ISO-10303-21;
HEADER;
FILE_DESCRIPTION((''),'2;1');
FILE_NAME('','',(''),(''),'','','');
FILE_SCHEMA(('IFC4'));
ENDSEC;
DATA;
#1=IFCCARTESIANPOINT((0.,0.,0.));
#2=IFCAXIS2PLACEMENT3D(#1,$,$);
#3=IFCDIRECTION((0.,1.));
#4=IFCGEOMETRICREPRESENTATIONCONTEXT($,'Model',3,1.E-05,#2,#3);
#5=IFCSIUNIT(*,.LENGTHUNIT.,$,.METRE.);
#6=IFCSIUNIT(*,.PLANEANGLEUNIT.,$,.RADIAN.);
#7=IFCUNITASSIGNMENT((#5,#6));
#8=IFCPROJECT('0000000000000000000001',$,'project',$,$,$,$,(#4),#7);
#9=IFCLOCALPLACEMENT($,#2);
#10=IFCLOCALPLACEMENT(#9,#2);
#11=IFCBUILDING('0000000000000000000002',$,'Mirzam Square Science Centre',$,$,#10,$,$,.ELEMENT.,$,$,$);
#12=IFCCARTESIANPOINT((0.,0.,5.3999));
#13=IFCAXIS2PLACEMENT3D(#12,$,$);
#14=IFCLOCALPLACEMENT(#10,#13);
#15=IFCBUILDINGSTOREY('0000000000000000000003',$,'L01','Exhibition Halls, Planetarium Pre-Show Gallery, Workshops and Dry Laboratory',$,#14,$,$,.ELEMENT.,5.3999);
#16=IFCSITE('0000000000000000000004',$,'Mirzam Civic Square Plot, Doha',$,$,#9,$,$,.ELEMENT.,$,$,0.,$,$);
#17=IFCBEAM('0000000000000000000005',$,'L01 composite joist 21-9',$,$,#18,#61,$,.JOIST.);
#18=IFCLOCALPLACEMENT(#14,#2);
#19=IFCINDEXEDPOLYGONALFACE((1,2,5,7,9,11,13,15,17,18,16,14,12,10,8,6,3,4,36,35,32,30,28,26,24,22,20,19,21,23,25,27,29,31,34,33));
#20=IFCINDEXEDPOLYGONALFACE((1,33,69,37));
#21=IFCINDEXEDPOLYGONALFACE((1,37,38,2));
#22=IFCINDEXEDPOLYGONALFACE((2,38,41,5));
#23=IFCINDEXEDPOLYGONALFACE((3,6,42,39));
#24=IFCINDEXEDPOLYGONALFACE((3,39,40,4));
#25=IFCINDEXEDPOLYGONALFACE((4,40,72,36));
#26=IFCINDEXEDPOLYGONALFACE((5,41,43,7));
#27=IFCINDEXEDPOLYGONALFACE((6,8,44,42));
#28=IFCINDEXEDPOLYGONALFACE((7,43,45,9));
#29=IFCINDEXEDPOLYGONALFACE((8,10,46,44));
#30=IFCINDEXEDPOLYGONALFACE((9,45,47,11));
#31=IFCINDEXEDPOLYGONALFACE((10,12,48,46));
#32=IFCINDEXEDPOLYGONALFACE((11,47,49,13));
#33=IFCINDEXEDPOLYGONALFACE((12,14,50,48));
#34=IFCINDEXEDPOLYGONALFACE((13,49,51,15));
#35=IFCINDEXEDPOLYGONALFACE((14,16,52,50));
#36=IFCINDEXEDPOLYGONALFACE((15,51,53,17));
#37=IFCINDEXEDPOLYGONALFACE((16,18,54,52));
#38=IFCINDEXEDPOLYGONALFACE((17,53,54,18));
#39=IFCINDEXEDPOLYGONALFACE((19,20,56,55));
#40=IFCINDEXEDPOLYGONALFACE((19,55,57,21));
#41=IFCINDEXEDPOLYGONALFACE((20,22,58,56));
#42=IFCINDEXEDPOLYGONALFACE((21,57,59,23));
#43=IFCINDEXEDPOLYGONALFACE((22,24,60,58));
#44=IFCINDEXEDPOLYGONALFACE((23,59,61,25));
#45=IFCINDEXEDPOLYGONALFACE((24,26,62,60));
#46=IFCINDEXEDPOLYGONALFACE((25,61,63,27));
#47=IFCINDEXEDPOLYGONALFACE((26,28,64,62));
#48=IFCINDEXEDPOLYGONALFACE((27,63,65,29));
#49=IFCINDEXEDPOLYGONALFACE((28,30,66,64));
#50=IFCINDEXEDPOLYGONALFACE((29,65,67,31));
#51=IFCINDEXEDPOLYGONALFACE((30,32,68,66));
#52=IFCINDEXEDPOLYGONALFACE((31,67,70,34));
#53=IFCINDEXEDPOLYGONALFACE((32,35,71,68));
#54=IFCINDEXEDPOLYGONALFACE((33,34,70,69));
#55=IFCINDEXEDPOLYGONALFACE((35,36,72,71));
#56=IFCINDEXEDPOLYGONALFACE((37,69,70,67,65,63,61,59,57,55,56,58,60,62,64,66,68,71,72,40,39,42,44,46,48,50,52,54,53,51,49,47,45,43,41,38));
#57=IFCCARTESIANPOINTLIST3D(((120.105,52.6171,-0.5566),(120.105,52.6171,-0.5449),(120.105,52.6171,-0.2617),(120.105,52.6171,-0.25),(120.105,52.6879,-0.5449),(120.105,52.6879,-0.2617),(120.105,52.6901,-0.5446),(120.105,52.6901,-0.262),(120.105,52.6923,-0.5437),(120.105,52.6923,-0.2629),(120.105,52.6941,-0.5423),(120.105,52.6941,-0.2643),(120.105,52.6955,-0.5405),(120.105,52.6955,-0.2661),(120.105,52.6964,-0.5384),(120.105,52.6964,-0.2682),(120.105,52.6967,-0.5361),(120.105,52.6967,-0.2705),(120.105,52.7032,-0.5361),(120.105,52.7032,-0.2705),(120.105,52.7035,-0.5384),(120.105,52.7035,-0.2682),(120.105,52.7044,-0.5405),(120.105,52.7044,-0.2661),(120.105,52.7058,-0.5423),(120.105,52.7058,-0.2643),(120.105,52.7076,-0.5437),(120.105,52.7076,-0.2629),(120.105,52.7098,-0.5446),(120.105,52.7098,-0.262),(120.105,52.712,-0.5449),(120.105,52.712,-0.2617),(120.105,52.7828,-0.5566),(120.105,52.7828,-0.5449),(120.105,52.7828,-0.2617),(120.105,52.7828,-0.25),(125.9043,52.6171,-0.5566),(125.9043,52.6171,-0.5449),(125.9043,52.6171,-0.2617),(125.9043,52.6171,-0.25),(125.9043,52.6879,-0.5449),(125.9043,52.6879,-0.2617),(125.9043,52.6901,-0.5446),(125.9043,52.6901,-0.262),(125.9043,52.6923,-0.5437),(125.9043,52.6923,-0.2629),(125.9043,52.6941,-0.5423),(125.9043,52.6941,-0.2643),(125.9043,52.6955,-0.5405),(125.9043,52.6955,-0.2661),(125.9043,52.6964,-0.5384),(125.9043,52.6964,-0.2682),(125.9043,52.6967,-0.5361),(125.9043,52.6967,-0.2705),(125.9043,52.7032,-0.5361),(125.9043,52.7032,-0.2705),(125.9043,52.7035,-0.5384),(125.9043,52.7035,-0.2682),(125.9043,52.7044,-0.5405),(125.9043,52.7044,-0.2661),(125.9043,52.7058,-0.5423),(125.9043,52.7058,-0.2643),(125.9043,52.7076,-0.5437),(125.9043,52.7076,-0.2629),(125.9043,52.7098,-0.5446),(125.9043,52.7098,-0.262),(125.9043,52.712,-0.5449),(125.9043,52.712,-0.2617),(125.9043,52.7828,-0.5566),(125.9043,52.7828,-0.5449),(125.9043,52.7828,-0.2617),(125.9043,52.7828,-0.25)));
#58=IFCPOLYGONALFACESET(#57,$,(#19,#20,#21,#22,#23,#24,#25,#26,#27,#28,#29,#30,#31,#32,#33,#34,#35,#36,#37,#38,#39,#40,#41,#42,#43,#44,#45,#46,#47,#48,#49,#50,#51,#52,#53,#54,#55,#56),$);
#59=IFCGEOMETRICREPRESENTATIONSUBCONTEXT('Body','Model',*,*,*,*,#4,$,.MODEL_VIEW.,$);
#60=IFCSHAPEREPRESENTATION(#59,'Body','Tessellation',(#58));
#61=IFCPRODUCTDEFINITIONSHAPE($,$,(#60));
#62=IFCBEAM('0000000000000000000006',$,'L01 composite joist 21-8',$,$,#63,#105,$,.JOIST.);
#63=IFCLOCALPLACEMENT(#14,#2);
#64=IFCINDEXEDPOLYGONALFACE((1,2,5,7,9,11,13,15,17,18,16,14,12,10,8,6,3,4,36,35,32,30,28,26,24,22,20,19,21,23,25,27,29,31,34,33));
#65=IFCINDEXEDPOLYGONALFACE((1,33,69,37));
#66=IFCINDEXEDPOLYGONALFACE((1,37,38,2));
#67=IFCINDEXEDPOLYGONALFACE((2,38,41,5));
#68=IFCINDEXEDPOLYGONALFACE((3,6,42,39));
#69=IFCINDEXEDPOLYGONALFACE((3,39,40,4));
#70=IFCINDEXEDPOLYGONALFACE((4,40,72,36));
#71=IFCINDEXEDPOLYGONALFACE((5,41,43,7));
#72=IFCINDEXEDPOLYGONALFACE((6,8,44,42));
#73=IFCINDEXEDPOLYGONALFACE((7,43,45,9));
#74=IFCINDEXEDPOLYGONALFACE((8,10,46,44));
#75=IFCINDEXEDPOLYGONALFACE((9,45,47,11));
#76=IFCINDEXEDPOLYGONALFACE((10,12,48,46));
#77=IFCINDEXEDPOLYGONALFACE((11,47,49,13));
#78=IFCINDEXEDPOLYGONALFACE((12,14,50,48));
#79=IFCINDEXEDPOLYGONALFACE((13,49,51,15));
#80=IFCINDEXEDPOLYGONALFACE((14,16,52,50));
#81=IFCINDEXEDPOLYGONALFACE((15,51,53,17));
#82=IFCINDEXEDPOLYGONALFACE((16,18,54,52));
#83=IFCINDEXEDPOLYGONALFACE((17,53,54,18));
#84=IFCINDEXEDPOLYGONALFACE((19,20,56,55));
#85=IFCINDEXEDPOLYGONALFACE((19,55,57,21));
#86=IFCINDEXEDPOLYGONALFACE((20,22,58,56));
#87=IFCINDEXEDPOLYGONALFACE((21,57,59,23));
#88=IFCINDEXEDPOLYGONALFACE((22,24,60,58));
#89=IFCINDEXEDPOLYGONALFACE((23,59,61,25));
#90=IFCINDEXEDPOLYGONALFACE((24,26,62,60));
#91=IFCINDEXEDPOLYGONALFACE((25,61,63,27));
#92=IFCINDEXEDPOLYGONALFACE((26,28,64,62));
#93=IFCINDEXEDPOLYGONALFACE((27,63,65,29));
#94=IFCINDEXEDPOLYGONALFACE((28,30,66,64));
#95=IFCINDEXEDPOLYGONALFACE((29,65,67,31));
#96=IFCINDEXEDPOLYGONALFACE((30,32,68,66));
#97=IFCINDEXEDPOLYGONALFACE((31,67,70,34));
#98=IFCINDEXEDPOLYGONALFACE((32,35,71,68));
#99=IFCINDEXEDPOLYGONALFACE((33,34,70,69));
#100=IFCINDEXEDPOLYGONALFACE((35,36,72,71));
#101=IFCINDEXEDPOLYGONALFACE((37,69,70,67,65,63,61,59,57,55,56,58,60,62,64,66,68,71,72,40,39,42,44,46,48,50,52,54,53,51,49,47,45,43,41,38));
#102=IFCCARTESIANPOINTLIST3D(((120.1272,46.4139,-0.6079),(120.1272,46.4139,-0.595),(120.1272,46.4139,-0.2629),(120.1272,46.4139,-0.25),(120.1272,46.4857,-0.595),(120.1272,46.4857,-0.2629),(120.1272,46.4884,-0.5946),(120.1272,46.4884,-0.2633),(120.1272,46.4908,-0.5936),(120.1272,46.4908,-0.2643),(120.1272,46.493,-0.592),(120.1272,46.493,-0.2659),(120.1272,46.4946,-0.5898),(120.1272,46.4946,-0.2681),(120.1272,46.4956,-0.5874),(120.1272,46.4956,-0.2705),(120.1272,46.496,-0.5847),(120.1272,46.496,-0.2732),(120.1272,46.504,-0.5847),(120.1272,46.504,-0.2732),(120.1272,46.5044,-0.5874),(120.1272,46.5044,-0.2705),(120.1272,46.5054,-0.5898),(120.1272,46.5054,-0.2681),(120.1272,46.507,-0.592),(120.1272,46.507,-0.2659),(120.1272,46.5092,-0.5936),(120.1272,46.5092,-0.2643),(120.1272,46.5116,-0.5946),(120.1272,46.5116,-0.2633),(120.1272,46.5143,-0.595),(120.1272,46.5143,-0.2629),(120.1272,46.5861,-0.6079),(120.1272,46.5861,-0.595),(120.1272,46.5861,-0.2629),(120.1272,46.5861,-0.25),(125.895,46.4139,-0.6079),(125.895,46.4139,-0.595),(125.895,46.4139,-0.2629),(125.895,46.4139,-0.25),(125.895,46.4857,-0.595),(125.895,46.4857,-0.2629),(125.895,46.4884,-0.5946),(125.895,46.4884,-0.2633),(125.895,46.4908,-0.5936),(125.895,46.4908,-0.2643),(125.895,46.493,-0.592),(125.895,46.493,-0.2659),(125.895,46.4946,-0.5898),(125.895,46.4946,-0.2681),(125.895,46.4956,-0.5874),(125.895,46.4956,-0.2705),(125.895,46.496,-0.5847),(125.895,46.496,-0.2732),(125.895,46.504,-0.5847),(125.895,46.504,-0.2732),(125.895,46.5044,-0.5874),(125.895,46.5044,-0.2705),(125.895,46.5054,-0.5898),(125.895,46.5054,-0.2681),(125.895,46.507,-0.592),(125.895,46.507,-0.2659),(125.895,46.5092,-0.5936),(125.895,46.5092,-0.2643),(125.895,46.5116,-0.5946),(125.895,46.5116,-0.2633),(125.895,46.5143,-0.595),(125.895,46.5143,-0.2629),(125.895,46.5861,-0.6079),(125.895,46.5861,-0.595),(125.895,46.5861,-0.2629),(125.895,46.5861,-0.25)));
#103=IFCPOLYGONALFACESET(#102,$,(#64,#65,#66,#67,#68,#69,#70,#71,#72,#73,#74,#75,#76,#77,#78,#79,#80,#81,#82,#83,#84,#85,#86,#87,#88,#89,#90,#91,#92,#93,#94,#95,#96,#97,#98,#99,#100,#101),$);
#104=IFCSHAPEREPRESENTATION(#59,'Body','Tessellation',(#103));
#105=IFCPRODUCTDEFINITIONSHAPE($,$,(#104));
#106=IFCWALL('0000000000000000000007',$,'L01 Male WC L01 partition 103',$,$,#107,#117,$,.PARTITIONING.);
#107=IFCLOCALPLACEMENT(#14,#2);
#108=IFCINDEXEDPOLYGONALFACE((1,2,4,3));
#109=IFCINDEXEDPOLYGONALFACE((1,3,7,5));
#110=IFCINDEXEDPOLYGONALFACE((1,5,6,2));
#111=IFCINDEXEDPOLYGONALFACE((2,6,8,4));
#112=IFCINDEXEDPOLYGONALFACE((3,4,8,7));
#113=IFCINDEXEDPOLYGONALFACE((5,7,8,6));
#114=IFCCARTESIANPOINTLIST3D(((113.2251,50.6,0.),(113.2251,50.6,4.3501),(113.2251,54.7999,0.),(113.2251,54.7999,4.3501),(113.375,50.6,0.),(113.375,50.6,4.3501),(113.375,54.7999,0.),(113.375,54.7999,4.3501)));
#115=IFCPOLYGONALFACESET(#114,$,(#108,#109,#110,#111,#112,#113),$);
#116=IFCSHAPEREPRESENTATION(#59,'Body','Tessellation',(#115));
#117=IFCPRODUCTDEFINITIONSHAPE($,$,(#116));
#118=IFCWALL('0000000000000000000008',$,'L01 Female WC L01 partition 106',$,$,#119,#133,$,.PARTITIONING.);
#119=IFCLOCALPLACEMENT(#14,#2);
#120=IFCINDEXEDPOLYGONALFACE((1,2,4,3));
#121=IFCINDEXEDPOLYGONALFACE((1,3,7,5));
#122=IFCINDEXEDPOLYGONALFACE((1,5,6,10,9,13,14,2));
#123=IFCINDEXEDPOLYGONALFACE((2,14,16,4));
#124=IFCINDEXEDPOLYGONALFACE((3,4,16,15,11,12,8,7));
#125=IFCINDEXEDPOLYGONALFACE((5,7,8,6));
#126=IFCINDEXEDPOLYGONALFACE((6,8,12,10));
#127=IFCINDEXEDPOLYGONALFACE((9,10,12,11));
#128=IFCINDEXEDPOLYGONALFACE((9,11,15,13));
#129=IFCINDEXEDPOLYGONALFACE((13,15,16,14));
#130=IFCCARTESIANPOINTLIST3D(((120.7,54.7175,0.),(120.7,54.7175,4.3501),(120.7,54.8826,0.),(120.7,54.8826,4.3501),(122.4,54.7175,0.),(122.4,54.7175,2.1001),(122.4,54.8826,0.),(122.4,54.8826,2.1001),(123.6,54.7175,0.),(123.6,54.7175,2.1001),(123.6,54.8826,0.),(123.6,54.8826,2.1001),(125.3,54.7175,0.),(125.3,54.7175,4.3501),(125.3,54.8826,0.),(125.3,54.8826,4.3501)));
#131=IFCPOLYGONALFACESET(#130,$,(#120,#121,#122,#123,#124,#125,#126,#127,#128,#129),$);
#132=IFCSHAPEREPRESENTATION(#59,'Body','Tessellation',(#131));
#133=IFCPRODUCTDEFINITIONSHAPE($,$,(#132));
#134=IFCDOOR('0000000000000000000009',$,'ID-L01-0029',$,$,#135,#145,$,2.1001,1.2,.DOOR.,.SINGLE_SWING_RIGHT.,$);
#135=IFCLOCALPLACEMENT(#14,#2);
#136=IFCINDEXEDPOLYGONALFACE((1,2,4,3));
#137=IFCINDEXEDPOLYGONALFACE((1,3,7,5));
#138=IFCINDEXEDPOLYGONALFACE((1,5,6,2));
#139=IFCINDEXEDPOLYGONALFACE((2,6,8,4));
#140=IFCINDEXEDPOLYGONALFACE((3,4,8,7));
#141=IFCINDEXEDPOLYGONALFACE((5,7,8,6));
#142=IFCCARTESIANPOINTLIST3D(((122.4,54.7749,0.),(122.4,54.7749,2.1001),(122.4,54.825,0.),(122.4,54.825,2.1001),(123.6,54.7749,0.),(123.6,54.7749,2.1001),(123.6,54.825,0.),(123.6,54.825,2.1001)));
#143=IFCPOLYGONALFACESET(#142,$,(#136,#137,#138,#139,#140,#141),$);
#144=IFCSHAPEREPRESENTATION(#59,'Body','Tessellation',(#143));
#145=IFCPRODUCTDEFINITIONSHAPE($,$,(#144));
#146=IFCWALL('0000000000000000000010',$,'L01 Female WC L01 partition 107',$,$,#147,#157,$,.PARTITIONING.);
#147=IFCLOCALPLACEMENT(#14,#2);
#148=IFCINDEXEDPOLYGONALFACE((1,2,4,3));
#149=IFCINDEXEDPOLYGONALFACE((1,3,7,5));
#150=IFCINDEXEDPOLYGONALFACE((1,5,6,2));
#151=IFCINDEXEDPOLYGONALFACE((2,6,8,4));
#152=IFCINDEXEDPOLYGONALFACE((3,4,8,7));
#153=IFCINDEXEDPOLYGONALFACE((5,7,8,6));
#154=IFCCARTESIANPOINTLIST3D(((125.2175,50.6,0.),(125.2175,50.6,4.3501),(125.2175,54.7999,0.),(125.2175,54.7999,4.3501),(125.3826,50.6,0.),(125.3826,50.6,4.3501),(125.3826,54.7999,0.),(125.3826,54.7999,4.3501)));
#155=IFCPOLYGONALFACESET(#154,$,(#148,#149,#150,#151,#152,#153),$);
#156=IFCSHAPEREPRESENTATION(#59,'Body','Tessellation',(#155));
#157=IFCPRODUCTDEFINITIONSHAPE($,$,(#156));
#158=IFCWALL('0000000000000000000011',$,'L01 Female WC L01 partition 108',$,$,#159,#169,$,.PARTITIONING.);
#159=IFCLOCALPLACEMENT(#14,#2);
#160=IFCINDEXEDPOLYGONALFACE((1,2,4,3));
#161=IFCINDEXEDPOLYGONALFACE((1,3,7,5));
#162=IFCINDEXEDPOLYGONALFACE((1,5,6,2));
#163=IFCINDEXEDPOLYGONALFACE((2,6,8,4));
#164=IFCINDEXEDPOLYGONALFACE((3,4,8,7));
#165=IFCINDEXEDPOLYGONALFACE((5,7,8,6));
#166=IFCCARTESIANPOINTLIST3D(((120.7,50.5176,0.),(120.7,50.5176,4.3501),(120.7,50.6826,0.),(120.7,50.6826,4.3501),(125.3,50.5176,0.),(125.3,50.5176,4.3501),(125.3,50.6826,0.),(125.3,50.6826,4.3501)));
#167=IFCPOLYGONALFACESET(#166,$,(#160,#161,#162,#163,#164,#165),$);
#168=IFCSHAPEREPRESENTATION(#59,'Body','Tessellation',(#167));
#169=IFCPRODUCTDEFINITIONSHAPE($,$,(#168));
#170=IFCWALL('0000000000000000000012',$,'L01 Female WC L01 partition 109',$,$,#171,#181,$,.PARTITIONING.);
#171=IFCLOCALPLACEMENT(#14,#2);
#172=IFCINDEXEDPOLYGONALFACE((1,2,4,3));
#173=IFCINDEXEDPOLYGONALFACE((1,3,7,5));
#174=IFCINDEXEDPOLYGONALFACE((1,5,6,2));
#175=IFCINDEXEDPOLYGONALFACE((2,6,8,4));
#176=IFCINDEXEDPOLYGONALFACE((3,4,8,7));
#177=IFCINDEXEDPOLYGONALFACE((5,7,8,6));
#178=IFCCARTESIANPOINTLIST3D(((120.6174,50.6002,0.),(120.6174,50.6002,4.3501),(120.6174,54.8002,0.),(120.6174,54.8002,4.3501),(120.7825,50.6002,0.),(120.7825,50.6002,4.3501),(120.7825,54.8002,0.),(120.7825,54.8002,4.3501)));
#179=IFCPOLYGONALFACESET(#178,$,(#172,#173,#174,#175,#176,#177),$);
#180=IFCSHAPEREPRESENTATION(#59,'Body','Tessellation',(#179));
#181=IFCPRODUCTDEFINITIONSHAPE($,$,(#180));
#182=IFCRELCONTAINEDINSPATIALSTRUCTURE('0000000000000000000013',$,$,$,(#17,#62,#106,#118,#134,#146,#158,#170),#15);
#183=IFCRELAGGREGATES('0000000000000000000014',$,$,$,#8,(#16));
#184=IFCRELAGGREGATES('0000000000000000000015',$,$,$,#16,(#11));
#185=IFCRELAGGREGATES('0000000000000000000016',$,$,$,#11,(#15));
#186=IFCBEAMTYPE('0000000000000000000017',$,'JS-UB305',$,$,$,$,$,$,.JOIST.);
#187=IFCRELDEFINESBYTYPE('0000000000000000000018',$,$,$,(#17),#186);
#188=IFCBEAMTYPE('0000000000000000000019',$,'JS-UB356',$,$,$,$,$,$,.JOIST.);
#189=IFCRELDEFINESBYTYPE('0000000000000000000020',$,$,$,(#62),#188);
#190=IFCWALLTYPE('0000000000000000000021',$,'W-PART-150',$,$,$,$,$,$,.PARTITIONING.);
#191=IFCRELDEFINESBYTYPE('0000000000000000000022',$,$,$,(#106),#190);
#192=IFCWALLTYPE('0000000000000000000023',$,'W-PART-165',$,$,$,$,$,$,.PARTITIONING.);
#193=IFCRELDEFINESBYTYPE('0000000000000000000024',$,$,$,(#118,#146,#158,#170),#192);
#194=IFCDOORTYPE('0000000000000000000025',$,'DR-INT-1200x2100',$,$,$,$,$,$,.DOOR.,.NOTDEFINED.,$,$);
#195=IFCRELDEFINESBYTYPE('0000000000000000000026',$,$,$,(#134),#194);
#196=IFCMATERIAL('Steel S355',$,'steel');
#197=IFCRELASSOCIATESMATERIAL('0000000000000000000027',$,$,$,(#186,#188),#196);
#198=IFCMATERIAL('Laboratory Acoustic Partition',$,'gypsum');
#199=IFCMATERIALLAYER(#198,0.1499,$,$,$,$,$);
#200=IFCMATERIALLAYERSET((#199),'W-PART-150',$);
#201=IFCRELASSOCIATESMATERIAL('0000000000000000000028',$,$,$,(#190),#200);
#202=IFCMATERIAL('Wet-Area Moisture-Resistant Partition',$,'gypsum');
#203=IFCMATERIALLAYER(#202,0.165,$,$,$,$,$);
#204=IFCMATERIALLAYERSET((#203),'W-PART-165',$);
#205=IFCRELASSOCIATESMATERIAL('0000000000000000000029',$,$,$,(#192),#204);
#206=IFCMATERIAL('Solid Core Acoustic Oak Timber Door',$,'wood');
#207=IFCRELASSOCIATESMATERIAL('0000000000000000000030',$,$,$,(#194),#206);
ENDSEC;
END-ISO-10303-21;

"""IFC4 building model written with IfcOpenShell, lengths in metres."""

from ifc_helpers import new_model, si_unit, direction, frame, frame_2d, origin, origin_2d, place, context, subcontext, project, spatial, rectangle, i_section, extrude, material, layer, layer_set, material_profile, profile_set, type_object, element, fill, save


model = new_model("IFC4")

# Units and contexts
model_context = context("Model", 3, precision=1e-05, world=origin(), true_north=direction((0.0, 1.0)))
body_context = subcontext(model_context, "Body", "Model", "MODEL_VIEW")
ifc_project = project(units=[si_unit("LENGTHUNIT", "METRE"), si_unit("PLANEANGLEUNIT", "RADIAN")], contexts=[model_context])

# Site, building, storey
site_placement = place(None, origin())
site = spatial("IfcSite", under=ifc_project, at=site_placement, Name="Mirzam Civic Square Plot, Doha", CompositionType="ELEMENT", RefElevation=0.0)
building_placement = place(site_placement, origin())
building = spatial("IfcBuilding", under=site, at=building_placement, Name="Mirzam Square Science Centre", CompositionType="ELEMENT")
storey_placement = place(building_placement, frame((0.0, 0.0, 5.3999)))
storey = spatial("IfcBuildingStorey", under=building, at=storey_placement, Name="L01", Description="Exhibition Halls, Planetarium Pre-Show Gallery, Workshops and Dry Laboratory", CompositionType="ELEMENT", Elevation=5.3999)

# Shared definitions
ifc_material_1 = material(Name="Steel S355", Category="steel")

# Beams
ifc_material_profile_1 = material_profile(ifc_material_1, i_section(OverallWidth=0.1658, OverallDepth=0.3066, WebThickness=0.0066, FlangeThickness=0.0117, FilletRadius=0.0088, at=origin_2d()), Name="305x165x46UB")
ifc_profile_set_1 = profile_set([ifc_material_profile_1], Name="Steel S355")
beam_type_1 = type_object("IfcBeamType", Name="JS-UB305", PredefinedType="JOIST", material=ifc_profile_set_1)
beam_1_placement = place(storey_placement, frame((120.105, 52.7, -0.4033), z_axis=(1.0, 0.0, 0.0), x_axis=(0.0, 1.0, 0.0)))
element("IfcBeam", 1, at=beam_1_placement, inside=storey, type_object=beam_type_1, Name="L01 composite joist 21-9", PredefinedType="JOIST", context=body_context, shape_type="SweptSolid", body=[
    extrude(i_section(OverallWidth=0.1658, OverallDepth=0.3066, WebThickness=0.0066, FlangeThickness=0.0117, FilletRadius=0.0088, at=origin_2d()), origin(), (0.0, 0.0, 1.0), 5.7993),
])
ifc_material_profile_2 = material_profile(ifc_material_1, i_section(OverallWidth=0.1721, OverallDepth=0.3579, WebThickness=0.0081, FlangeThickness=0.0129, FilletRadius=0.0103, at=origin_2d()), Name="356x171x57UB")
ifc_profile_set_2 = profile_set([ifc_material_profile_2], Name="Steel S355")
beam_type_2 = type_object("IfcBeamType", Name="JS-UB356", PredefinedType="JOIST", material=ifc_profile_set_2)
beam_2_placement = place(storey_placement, frame((120.1272, 46.5, -0.429), z_axis=(1.0, 0.0, 0.0), x_axis=(0.0, 1.0, 0.0)))
element("IfcBeam", 2, at=beam_2_placement, inside=storey, type_object=beam_type_2, Name="L01 composite joist 21-8", PredefinedType="JOIST", context=body_context, shape_type="SweptSolid", body=[
    extrude(i_section(OverallWidth=0.1721, OverallDepth=0.3579, WebThickness=0.0081, FlangeThickness=0.0129, FilletRadius=0.0103, at=origin_2d()), origin(), (0.0, 0.0, 1.0), 5.7678),
])

# Wall
ifc_material_2 = material(Name="Laboratory Acoustic Partition", Category="gypsum")
ifc_layer_1 = layer(ifc_material_2, 0.1499)
ifc_layer_set_1 = layer_set([ifc_layer_1], Name="W-PART-150")
wall_type_1 = type_object("IfcWallType", Name="W-PART-150", PredefinedType="PARTITIONING", material=ifc_layer_set_1)
wall_1_placement = place(storey_placement, frame((113.3, 54.8, 0.0), z_axis=(0.0, 0.0, 1.0), x_axis=(0.0, -1.0, 0.0)))
element("IfcWall", 3, at=wall_1_placement, inside=storey, type_object=wall_type_1, Name="L01 Male WC L01 partition 103", PredefinedType="PARTITIONING", context=body_context, shape_type="SweptSolid", body=[
    extrude(rectangle(XDim=4.2, YDim=0.1499, at=frame_2d((2.1001, 0.0))), origin(), (0.0, 0.0, 1.0), 4.3501),
])

# Wall, opening, door
ifc_material_3 = material(Name="Wet-Area Moisture-Resistant Partition", Category="gypsum")
ifc_layer_2 = layer(ifc_material_3, 0.165)
ifc_layer_set_2 = layer_set([ifc_layer_2], Name="W-PART-165")
wall_type_2 = type_object("IfcWallType", Name="W-PART-165", PredefinedType="PARTITIONING", material=ifc_layer_set_2)
wall_2_placement = place(storey_placement, frame((120.7, 54.8, 0.0), z_axis=(0.0, 0.0, 1.0), x_axis=(1.0, 0.0, 0.0)))
wall_2 = element("IfcWall", 4, at=wall_2_placement, inside=storey, type_object=wall_type_2, Name="L01 Female WC L01 partition 106", PredefinedType="PARTITIONING", context=body_context, shape_type="SweptSolid", body=[
    extrude(rectangle(XDim=4.6001, YDim=0.165, at=frame_2d((2.3, 0.0))), origin(), (0.0, 0.0, 1.0), 4.3501),
])
opening_placement = place(wall_2_placement, frame((1.7, 0.0, 0.0)))
opening = element("IfcOpeningElement", 5, at=opening_placement, cuts=wall_2, PredefinedType="OPENING", context=body_context, shape_type="SweptSolid", body=[
    extrude(rectangle(XDim=1.2, YDim=2.1001, at=frame_2d((0.6001, 1.05))), frame((0.0, 0.0925, 0.0), z_axis=(0.0, -1.0, 0.0), x_axis=(1.0, 0.0, 0.0)), (0.0, 0.0, 1.0), 0.1851),
])
ifc_material_4 = material(Name="Solid Core Acoustic Oak Timber Door", Category="wood")
door_type = type_object("IfcDoorType", Name="DR-INT-1200x2100", OperationType="NOTDEFINED", PredefinedType="DOOR", material=ifc_material_4)
door_placement = place(opening_placement, origin())
door = element("IfcDoor", 6, at=door_placement, inside=storey, type_object=door_type, Name="ID-L01-0029", OperationType="SINGLE_SWING_RIGHT", OverallHeight=2.1001, OverallWidth=1.2, PredefinedType="DOOR", context=body_context, shape_type="SweptSolid", body=[
    extrude(rectangle(XDim=1.2, YDim=2.1001, at=frame_2d((0.6001, 1.05))), frame((0.0, 0.0249, 0.0), z_axis=(0.0, -1.0, 0.0), x_axis=(1.0, 0.0, 0.0)), (0.0, 0.0, 1.0), 0.05),
])
fill(opening, door)

# Walls
wall_3_placement = place(storey_placement, frame((125.3, 54.8, 0.0), z_axis=(0.0, 0.0, 1.0), x_axis=(0.0, -1.0, 0.0)))
element("IfcWall", 7, at=wall_3_placement, inside=storey, type_object=wall_type_2, Name="L01 Female WC L01 partition 107", PredefinedType="PARTITIONING", context=body_context, shape_type="SweptSolid", body=[
    extrude(rectangle(XDim=4.2, YDim=0.165, at=frame_2d((2.1001, 0.0))), origin(), (0.0, 0.0, 1.0), 4.3501),
])
wall_4_placement = place(storey_placement, frame((125.3, 50.6001, 0.0), z_axis=(0.0, 0.0, 1.0), x_axis=(-1.0, 0.0, 0.0)))
element("IfcWall", 8, at=wall_4_placement, inside=storey, type_object=wall_type_2, Name="L01 Female WC L01 partition 108", PredefinedType="PARTITIONING", context=body_context, shape_type="SweptSolid", body=[
    extrude(rectangle(XDim=4.6001, YDim=0.165, at=frame_2d((2.3, 0.0))), origin(), (0.0, 0.0, 1.0), 4.3501),
])
wall_5_placement = place(storey_placement, frame((120.7, 50.6001, 0.0), z_axis=(0.0, 0.0, 1.0), x_axis=(0.0, 1.0, 0.0)))
element("IfcWall", 9, at=wall_5_placement, inside=storey, type_object=wall_type_2, Name="L01 Female WC L01 partition 109", PredefinedType="PARTITIONING", context=body_context, shape_type="SweptSolid", body=[
    extrude(rectangle(XDim=4.2, YDim=0.165, at=frame_2d((2.1001, 0.0))), origin(), (0.0, 0.0, 1.0), 4.3501),
])

save(model, "model.ifc")
